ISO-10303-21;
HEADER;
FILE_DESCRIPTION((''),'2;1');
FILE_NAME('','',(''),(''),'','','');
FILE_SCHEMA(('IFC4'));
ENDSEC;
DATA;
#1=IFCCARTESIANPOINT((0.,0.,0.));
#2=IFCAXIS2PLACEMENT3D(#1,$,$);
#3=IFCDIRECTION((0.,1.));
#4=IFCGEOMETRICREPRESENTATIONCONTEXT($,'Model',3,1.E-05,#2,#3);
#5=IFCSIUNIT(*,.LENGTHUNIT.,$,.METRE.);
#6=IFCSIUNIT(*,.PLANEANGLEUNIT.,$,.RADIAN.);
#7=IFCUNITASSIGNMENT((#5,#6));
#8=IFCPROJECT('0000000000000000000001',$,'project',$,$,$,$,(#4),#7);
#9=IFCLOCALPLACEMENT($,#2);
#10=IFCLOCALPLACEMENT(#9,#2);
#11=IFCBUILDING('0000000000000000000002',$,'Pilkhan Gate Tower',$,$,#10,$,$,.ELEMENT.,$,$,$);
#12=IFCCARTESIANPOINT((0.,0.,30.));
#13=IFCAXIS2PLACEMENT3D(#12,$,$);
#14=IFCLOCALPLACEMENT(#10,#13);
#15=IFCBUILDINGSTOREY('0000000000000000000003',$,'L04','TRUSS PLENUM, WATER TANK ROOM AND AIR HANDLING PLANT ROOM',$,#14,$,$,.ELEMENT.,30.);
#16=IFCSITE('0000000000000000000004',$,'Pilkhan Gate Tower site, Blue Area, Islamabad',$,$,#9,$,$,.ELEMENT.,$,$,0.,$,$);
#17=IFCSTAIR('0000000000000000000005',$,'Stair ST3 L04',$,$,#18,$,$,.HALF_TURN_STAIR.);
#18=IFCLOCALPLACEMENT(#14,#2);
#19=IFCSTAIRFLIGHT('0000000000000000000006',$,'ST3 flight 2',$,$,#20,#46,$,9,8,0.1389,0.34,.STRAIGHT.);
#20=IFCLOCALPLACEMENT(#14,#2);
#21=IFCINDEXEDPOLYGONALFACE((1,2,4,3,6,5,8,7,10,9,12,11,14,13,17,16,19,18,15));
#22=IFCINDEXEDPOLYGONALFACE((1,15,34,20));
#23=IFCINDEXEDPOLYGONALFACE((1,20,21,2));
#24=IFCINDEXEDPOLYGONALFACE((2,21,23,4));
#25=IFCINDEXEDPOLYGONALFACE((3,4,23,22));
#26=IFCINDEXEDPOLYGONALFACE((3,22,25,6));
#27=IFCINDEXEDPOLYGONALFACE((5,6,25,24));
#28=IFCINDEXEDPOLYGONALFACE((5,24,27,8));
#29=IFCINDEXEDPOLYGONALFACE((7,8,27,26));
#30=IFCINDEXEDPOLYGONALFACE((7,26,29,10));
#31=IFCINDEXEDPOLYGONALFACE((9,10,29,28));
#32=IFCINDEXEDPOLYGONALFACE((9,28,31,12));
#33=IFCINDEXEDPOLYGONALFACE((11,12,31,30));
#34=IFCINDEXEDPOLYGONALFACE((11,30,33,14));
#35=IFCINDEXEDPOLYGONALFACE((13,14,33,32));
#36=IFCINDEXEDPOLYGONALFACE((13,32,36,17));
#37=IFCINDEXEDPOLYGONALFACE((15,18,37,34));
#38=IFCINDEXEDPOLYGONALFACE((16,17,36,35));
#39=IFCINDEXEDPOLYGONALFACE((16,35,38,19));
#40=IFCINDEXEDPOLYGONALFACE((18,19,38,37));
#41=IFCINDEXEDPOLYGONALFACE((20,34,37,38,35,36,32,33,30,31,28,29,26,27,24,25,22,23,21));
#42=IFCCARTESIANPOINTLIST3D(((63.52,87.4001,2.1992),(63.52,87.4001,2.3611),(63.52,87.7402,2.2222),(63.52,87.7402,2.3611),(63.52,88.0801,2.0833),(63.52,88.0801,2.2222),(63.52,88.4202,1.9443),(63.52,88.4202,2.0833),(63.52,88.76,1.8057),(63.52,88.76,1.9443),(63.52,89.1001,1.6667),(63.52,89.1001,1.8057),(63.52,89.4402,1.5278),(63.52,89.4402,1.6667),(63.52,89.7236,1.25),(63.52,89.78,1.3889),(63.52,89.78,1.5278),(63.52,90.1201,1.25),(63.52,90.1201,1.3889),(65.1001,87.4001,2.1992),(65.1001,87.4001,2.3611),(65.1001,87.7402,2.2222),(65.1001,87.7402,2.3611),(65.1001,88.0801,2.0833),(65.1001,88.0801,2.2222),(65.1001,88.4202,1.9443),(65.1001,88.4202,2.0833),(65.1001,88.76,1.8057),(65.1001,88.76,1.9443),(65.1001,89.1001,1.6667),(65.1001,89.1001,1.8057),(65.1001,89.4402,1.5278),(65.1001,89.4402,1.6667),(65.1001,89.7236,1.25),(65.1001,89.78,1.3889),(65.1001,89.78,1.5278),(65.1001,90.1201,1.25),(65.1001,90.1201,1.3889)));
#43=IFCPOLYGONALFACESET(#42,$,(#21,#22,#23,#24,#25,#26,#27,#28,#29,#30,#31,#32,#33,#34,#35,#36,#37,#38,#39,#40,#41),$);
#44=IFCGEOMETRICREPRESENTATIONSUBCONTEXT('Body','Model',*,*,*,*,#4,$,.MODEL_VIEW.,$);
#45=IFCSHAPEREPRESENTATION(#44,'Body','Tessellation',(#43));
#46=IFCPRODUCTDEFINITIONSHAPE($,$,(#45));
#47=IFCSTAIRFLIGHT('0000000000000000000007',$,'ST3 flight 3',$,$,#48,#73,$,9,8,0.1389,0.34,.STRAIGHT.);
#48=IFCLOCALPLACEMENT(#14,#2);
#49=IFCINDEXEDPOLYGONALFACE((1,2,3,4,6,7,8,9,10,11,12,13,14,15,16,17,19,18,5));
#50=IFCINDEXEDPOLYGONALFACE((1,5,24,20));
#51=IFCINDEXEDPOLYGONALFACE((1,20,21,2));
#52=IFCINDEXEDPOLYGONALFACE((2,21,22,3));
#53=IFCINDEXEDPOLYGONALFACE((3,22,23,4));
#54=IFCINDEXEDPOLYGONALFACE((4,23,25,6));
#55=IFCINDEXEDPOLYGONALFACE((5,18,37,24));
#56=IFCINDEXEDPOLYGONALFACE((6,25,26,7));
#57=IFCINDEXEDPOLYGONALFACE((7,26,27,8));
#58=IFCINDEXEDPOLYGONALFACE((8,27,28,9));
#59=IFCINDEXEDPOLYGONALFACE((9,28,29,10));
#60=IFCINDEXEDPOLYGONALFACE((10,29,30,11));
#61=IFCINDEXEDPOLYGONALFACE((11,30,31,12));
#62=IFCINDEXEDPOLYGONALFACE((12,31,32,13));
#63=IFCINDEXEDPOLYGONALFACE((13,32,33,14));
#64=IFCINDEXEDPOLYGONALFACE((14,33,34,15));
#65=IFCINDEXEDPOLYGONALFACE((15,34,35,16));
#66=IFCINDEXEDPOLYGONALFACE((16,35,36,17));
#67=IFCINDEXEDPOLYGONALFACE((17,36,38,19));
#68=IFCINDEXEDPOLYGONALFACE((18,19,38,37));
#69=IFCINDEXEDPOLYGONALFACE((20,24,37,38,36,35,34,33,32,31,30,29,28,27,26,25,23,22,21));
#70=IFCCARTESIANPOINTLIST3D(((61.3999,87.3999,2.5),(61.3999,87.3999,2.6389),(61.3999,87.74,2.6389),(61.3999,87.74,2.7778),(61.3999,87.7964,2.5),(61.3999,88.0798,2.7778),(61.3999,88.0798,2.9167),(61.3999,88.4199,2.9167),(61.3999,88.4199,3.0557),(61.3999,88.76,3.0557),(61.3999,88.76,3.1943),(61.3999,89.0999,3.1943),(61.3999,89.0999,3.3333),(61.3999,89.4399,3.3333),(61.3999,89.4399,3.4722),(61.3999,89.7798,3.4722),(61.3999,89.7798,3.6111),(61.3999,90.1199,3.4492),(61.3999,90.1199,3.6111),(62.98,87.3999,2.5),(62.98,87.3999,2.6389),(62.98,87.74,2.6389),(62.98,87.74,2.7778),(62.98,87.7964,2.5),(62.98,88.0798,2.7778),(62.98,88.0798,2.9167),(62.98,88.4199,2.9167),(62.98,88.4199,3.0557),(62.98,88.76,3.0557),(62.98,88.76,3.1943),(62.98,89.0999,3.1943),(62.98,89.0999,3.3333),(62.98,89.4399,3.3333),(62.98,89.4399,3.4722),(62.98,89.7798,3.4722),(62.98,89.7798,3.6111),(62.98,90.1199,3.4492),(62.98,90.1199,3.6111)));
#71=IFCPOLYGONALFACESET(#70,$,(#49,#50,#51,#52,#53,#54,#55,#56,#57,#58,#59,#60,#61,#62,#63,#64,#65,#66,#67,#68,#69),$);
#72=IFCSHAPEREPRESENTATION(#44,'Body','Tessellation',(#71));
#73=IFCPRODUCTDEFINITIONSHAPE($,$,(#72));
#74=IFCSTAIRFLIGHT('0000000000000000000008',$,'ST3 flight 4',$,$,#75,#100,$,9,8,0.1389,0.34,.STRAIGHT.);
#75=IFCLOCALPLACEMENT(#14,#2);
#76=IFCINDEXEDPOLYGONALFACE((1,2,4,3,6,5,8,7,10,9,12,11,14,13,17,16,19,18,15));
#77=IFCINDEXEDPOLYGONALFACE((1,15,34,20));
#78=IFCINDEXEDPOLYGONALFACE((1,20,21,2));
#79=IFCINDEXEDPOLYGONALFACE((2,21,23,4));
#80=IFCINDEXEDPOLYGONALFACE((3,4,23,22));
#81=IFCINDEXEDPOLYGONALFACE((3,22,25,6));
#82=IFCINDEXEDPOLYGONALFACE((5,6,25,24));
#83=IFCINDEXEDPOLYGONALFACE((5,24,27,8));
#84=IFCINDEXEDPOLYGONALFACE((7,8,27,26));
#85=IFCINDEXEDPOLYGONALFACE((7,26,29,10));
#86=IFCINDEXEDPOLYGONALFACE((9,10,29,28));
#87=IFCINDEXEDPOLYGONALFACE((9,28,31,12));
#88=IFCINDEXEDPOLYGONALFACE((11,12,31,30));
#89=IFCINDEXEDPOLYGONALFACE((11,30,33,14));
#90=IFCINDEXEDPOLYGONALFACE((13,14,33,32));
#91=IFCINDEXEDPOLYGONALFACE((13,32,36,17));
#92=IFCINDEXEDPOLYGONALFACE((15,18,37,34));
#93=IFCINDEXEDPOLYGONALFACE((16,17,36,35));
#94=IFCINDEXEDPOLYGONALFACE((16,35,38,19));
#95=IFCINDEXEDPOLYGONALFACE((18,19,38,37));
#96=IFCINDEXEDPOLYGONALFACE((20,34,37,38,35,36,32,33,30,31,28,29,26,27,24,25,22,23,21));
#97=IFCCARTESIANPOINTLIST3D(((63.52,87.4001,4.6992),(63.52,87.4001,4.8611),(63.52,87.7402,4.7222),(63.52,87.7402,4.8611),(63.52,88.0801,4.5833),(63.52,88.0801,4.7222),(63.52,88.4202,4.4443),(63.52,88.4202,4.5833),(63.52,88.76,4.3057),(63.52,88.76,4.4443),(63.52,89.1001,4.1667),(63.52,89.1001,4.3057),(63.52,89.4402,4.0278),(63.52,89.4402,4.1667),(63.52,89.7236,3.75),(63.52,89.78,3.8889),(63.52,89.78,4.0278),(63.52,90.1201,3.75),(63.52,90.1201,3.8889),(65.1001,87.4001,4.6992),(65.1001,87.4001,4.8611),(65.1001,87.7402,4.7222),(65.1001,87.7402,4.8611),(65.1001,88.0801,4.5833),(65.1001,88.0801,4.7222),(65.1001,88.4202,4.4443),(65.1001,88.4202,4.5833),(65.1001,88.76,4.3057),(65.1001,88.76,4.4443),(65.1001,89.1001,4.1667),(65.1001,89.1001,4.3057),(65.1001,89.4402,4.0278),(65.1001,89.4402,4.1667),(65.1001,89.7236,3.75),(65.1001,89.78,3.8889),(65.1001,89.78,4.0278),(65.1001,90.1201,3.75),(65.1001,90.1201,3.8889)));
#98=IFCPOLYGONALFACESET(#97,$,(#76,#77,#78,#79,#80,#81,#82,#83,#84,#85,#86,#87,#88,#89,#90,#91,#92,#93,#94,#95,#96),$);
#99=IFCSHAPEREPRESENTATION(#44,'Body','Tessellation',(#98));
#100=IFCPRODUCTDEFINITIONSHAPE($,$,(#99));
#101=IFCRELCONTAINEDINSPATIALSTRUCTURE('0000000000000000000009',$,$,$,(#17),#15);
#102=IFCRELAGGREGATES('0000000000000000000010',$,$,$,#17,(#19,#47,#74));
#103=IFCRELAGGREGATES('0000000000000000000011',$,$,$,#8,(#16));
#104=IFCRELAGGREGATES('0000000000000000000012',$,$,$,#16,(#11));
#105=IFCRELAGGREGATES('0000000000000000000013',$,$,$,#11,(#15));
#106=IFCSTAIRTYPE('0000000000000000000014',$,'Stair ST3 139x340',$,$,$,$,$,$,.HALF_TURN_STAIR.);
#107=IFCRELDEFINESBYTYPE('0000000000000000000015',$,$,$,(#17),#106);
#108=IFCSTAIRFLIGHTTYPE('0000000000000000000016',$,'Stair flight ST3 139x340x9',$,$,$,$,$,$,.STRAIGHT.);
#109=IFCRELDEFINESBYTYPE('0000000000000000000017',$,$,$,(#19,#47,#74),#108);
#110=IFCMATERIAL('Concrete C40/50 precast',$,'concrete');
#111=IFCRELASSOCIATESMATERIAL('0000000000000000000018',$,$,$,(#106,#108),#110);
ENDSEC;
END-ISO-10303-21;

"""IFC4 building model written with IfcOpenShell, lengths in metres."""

from ifc_helpers import new_model, si_unit, direction, frame, origin, place, context, subcontext, project, spatial, polyline, outline, extrude, material, type_object, element, aggregate, save


model = new_model("IFC4")

# Units and contexts
model_context = context("Model", 3, precision=1e-05, world=origin(), true_north=direction((0.0, 1.0)))
body_context = subcontext(model_context, "Body", "Model", "MODEL_VIEW")
ifc_project = project(units=[si_unit("LENGTHUNIT", "METRE"), si_unit("PLANEANGLEUNIT", "RADIAN")], contexts=[model_context])

# Site, building, storey
site_placement = place(None, origin())
site = spatial("IfcSite", under=ifc_project, at=site_placement, Name="Pilkhan Gate Tower site, Blue Area, Islamabad", CompositionType="ELEMENT", RefElevation=0.0)
building_placement = place(site_placement, origin())
building = spatial("IfcBuilding", under=site, at=building_placement, Name="Pilkhan Gate Tower", CompositionType="ELEMENT")
storey_placement = place(building_placement, frame((0.0, 0.0, 30.0)))
storey = spatial("IfcBuildingStorey", under=building, at=storey_placement, Name="L04", Description="TRUSS PLENUM, WATER TANK ROOM AND AIR HANDLING PLANT ROOM", CompositionType="ELEMENT", Elevation=30.0)

# Stair, stair flights
ifc_material_1 = material(Name="Concrete C40/50 precast", Category="concrete")
stair_type = type_object("IfcStairType", Name="Stair ST3 139x340", PredefinedType="HALF_TURN_STAIR", material=ifc_material_1)
stair_placement = place(storey_placement, origin())
stair = element("IfcStair", 1, at=stair_placement, inside=storey, type_object=stair_type, Name="Stair ST3 L04", PredefinedType="HALF_TURN_STAIR")
stair_flight_type = type_object("IfcStairFlightType", Name="Stair flight ST3 139x340x9", PredefinedType="STRAIGHT", material=ifc_material_1)
stair_flight_1_placement = place(storey_placement, frame((64.3101, 90.1201, 1.25), z_axis=(0.0, 0.0, 1.0), x_axis=(0.0, -1.0, 0.0)))
stair_flight_1 = element("IfcStairFlight", 2, at=stair_flight_1_placement, type_object=stair_flight_type, Name="ST3 flight 2", NumberOfRisers=9, NumberOfTreads=8, PredefinedType="STRAIGHT", RiserHeight=0.1389, TreadLength=0.34, context=body_context, shape_type="SweptSolid", body=[
    extrude(outline(polyline([(0.0, 0.0), (0.0, 0.1389), (0.3401, 0.1389), (0.3401, 0.2778), (0.6799, 0.2778), (0.6799, 0.4167), (1.02, 0.4167), (1.02, 0.5557), (1.3601, 0.5557), (1.3601, 0.6943), (1.7, 0.6943), (1.7, 0.8333), (2.04, 0.8333), (2.04, 0.9722), (2.3799, 0.9722), (2.3799, 1.1111), (2.72, 1.1111), (2.72, 1.25), (2.72, 0.9492), (0.3965, 0.0), (0.0, 0.0)])), frame((0.0, 0.79, 0.0), z_axis=(0.0, -1.0, 0.0), x_axis=(1.0, 0.0, 0.0)), (0.0, 0.0, 1.0), 1.5801),
])
stair_flight_2_placement = place(storey_placement, frame((62.1899, 87.3999, 2.5), z_axis=(0.0, 0.0, 1.0), x_axis=(0.0, 1.0, 0.0)))
stair_flight_2 = element("IfcStairFlight", 3, at=stair_flight_2_placement, type_object=stair_flight_type, Name="ST3 flight 3", NumberOfRisers=9, NumberOfTreads=8, PredefinedType="STRAIGHT", RiserHeight=0.1389, TreadLength=0.34, context=body_context, shape_type="SweptSolid", body=[
    extrude(outline(polyline([(0.0, 0.0), (0.0, 0.1389), (0.3401, 0.1389), (0.3401, 0.2778), (0.6799, 0.2778), (0.6799, 0.4167), (1.02, 0.4167), (1.02, 0.5557), (1.3601, 0.5557), (1.3601, 0.6943), (1.7, 0.6943), (1.7, 0.8333), (2.04, 0.8333), (2.04, 0.9722), (2.3799, 0.9722), (2.3799, 1.1111), (2.72, 1.1111), (2.72, 1.25), (2.72, 0.9492), (0.3965, 0.0), (0.0, 0.0)])), frame((0.0, 0.79, 0.0), z_axis=(0.0, -1.0, 0.0), x_axis=(1.0, 0.0, 0.0)), (0.0, 0.0, 1.0), 1.5801),
])
stair_flight_3_placement = place(storey_placement, frame((64.3101, 90.1201, 3.75), z_axis=(0.0, 0.0, 1.0), x_axis=(0.0, -1.0, 0.0)))
stair_flight_3 = element("IfcStairFlight", 4, at=stair_flight_3_placement, type_object=stair_flight_type, Name="ST3 flight 4", NumberOfRisers=9, NumberOfTreads=8, PredefinedType="STRAIGHT", RiserHeight=0.1389, TreadLength=0.34, context=body_context, shape_type="SweptSolid", body=[
    extrude(outline(polyline([(0.0, 0.0), (0.0, 0.1389), (0.3401, 0.1389), (0.3401, 0.2778), (0.6799, 0.2778), (0.6799, 0.4167), (1.02, 0.4167), (1.02, 0.5557), (1.3601, 0.5557), (1.3601, 0.6943), (1.7, 0.6943), (1.7, 0.8333), (2.04, 0.8333), (2.04, 0.9722), (2.3799, 0.9722), (2.3799, 1.1111), (2.72, 1.1111), (2.72, 1.25), (2.72, 0.9492), (0.3965, 0.0), (0.0, 0.0)])), frame((0.0, 0.79, 0.0), z_axis=(0.0, -1.0, 0.0), x_axis=(1.0, 0.0, 0.0)), (0.0, 0.0, 1.0), 1.5801),
])
aggregate(stair, [stair_flight_1, stair_flight_2, stair_flight_3])

save(model, "model.ifc")
